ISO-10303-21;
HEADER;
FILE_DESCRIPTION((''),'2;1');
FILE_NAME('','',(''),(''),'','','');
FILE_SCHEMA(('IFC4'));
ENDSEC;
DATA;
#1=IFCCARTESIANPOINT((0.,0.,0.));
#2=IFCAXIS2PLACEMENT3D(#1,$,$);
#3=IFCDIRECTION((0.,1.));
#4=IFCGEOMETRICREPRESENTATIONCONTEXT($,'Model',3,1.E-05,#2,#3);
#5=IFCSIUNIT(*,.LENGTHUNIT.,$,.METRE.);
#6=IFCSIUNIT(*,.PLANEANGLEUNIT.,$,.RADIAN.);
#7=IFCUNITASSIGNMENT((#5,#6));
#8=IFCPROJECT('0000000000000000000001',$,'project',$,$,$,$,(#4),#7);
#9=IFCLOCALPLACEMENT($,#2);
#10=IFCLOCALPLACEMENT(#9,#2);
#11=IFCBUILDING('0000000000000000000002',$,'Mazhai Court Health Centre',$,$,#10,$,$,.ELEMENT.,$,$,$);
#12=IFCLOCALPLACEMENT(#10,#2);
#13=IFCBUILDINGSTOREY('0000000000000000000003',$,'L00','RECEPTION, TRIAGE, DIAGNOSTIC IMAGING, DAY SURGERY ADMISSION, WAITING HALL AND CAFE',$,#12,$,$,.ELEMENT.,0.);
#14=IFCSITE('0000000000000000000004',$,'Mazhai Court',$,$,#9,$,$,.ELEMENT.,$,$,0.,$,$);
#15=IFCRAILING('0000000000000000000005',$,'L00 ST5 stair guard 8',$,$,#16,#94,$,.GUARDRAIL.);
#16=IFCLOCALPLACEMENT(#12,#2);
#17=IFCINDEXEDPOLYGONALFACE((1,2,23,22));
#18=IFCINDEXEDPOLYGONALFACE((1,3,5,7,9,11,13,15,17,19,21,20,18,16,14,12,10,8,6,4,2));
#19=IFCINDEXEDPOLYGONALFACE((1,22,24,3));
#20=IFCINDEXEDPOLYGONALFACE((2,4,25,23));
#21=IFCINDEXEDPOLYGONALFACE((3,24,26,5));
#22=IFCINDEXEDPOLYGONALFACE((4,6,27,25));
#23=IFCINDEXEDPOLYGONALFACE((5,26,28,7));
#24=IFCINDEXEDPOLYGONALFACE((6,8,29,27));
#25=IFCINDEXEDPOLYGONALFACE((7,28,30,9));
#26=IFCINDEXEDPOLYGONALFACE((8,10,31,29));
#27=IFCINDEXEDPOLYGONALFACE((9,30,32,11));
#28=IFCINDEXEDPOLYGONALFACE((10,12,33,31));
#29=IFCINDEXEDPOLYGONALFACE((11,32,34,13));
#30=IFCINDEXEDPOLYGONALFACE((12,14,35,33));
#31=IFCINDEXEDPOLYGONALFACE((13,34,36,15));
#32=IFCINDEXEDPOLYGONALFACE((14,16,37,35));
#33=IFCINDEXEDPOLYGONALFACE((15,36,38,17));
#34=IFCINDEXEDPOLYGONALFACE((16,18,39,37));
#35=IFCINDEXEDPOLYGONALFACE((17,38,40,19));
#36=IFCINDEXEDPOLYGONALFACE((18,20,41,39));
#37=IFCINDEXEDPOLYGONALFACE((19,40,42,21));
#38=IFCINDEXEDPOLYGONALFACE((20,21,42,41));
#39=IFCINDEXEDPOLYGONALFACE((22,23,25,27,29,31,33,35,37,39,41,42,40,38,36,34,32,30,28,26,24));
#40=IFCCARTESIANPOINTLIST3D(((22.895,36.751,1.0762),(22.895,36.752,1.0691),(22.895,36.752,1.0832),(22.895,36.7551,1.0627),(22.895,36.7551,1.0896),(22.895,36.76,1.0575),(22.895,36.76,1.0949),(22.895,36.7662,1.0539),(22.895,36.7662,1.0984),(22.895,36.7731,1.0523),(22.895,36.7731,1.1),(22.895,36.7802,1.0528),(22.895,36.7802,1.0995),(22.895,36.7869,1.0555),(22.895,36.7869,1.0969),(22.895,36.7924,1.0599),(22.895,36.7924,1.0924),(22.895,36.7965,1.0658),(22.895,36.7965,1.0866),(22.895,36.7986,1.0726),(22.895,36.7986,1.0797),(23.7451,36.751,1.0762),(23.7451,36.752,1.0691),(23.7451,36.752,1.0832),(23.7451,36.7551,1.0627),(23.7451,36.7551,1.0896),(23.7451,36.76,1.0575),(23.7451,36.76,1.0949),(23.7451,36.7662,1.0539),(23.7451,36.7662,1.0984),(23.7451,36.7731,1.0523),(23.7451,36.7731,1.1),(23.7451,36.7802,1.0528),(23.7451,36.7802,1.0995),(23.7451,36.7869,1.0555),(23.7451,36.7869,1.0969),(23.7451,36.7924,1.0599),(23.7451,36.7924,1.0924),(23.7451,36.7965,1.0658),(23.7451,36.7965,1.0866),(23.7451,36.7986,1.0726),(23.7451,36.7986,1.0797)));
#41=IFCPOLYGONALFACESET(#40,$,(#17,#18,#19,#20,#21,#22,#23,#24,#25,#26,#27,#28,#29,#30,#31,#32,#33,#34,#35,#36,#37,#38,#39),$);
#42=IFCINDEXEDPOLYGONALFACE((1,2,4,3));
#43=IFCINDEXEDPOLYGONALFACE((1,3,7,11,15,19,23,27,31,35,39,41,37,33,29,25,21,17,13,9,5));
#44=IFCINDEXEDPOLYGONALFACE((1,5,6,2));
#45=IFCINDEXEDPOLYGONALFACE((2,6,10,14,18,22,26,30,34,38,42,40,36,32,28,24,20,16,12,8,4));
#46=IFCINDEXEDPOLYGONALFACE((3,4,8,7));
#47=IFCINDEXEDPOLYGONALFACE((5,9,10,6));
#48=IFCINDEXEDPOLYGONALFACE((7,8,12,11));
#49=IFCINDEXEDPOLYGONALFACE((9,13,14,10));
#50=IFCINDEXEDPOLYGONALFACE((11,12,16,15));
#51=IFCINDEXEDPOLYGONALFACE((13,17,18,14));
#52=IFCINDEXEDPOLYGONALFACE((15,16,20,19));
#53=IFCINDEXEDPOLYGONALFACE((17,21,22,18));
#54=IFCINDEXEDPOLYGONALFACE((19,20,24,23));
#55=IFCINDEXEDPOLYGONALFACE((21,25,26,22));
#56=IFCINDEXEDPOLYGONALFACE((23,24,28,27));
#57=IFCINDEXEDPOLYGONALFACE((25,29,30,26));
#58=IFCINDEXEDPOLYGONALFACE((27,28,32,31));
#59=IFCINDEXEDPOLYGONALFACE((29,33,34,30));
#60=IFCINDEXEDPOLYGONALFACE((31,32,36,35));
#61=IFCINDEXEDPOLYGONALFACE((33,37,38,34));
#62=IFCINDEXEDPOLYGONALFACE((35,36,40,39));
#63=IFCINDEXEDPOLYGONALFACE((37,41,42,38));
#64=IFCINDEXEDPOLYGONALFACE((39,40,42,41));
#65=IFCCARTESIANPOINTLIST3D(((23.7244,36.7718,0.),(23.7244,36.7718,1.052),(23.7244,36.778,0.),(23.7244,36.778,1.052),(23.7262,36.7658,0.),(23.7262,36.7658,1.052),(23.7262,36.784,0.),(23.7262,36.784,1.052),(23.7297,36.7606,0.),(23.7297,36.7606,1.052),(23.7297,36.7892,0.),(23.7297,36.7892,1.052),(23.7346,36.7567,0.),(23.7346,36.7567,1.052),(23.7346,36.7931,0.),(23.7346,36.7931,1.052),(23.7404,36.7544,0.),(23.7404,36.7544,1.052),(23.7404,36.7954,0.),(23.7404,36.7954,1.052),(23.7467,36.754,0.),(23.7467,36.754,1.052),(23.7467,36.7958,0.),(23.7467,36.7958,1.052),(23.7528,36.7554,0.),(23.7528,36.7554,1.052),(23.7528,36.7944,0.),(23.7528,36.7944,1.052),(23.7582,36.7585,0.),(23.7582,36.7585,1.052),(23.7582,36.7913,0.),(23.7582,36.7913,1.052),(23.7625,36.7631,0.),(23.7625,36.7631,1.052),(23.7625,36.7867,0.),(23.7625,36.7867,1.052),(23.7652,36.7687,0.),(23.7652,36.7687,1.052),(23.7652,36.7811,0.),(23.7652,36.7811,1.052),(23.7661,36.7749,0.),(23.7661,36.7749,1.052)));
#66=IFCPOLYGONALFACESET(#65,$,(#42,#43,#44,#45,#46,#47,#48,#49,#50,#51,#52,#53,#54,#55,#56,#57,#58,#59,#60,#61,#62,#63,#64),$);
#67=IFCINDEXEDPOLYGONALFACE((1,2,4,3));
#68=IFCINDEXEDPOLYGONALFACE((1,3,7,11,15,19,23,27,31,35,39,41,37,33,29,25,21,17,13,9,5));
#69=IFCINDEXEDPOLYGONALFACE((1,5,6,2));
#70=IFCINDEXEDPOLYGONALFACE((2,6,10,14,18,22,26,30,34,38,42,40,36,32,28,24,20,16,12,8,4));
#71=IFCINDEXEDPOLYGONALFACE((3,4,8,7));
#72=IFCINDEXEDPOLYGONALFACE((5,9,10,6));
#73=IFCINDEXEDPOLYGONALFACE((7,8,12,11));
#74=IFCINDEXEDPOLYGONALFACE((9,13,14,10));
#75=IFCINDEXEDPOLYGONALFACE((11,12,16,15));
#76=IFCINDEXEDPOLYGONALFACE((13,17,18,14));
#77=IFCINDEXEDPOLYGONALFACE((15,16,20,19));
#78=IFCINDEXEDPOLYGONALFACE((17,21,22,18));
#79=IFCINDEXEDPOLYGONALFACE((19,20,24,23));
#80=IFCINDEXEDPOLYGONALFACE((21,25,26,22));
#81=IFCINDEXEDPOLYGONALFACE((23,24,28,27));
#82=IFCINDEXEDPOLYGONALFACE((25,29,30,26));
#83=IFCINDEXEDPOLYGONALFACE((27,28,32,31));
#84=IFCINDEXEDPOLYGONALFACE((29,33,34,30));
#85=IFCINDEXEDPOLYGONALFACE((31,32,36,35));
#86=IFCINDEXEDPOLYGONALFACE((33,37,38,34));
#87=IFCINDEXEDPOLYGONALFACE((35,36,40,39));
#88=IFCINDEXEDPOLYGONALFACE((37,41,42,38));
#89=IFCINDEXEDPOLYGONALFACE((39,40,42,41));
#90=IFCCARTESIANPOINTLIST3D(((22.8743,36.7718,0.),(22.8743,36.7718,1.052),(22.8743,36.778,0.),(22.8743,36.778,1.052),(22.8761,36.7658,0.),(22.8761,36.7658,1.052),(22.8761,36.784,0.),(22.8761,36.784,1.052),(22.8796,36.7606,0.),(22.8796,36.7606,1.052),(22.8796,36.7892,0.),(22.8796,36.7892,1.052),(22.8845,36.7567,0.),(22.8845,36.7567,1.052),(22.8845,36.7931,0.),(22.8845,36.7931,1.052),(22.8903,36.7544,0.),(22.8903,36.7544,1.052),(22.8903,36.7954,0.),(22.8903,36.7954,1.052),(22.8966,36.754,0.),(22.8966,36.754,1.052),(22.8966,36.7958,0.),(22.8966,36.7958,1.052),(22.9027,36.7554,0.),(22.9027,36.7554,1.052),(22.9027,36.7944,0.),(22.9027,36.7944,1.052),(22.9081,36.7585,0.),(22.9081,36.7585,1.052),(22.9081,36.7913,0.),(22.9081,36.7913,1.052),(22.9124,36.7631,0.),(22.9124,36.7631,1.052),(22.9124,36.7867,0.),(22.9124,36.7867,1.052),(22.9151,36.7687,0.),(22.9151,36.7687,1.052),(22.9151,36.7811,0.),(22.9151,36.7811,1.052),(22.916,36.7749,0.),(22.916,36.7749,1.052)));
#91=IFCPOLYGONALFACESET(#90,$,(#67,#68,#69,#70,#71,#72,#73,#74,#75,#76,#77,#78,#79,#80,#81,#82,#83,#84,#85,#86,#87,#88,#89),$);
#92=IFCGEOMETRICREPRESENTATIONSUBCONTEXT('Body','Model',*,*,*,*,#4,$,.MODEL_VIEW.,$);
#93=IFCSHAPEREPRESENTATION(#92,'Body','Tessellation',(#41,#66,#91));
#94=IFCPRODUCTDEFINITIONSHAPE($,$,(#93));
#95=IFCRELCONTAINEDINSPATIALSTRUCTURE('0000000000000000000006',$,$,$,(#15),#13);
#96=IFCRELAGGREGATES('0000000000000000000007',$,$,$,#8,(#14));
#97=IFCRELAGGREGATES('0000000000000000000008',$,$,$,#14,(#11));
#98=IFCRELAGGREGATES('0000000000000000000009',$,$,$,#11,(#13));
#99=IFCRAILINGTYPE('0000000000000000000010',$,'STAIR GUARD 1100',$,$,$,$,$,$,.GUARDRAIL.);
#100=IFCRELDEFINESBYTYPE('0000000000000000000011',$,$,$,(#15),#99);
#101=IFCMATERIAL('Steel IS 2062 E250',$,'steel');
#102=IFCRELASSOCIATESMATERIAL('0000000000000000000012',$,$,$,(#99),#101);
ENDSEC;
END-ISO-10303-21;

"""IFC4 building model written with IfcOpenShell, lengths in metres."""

from ifc_helpers import new_model, si_unit, direction, frame, origin, origin_2d, place, context, subcontext, project, spatial, circle, extrude, material, type_object, element, save


model = new_model("IFC4")

# Units and contexts
model_context = context("Model", 3, precision=1e-05, world=origin(), true_north=direction((0.0, 1.0)))
body_context = subcontext(model_context, "Body", "Model", "MODEL_VIEW")
ifc_project = project(units=[si_unit("LENGTHUNIT", "METRE"), si_unit("PLANEANGLEUNIT", "RADIAN")], contexts=[model_context])

# Site, building, storey
site_placement = place(None, origin())
site = spatial("IfcSite", under=ifc_project, at=site_placement, Name="Mazhai Court", CompositionType="ELEMENT", RefElevation=0.0)
building_placement = place(site_placement, origin())
building = spatial("IfcBuilding", under=site, at=building_placement, Name="Mazhai Court Health Centre", CompositionType="ELEMENT")
storey_placement = place(building_placement, origin())
storey = spatial("IfcBuildingStorey", under=building, at=storey_placement, Name="L00", Description="RECEPTION, TRIAGE, DIAGNOSTIC IMAGING, DAY SURGERY ADMISSION, WAITING HALL AND CAFE", CompositionType="ELEMENT", Elevation=0.0)

# Railing
ifc_material_1 = material(Name="Steel IS 2062 E250", Category="steel")
railing_type_1 = type_object("IfcRailingType", Name="STAIR GUARD 1100", PredefinedType="GUARDRAIL", material=ifc_material_1)
railing_1_placement = place(storey_placement, frame((23.7451, 36.7749, 0.0)))
element("IfcRailing", 1, at=railing_1_placement, inside=storey, type_object=railing_type_1, Name="L00 ST5 stair guard 8", PredefinedType="GUARDRAIL", context=body_context, shape_type="SweptSolid", body=[
    extrude(circle(Radius=0.0239, at=origin_2d()), frame((0.0, 0.0, 1.0762), z_axis=(-1.0, 0.0, 0.0), x_axis=(0.0, -1.0, 0.0)), (0.0, 0.0, 1.0), 0.8501),
    extrude(circle(Radius=0.021, at=origin_2d()), origin(), (0.0, 0.0, 1.0), 1.052),
    extrude(circle(Radius=0.021, at=origin_2d()), frame((-0.8501, 0.0, 0.0)), (0.0, 0.0, 1.0), 1.052),
])

save(model, "model.ifc")
